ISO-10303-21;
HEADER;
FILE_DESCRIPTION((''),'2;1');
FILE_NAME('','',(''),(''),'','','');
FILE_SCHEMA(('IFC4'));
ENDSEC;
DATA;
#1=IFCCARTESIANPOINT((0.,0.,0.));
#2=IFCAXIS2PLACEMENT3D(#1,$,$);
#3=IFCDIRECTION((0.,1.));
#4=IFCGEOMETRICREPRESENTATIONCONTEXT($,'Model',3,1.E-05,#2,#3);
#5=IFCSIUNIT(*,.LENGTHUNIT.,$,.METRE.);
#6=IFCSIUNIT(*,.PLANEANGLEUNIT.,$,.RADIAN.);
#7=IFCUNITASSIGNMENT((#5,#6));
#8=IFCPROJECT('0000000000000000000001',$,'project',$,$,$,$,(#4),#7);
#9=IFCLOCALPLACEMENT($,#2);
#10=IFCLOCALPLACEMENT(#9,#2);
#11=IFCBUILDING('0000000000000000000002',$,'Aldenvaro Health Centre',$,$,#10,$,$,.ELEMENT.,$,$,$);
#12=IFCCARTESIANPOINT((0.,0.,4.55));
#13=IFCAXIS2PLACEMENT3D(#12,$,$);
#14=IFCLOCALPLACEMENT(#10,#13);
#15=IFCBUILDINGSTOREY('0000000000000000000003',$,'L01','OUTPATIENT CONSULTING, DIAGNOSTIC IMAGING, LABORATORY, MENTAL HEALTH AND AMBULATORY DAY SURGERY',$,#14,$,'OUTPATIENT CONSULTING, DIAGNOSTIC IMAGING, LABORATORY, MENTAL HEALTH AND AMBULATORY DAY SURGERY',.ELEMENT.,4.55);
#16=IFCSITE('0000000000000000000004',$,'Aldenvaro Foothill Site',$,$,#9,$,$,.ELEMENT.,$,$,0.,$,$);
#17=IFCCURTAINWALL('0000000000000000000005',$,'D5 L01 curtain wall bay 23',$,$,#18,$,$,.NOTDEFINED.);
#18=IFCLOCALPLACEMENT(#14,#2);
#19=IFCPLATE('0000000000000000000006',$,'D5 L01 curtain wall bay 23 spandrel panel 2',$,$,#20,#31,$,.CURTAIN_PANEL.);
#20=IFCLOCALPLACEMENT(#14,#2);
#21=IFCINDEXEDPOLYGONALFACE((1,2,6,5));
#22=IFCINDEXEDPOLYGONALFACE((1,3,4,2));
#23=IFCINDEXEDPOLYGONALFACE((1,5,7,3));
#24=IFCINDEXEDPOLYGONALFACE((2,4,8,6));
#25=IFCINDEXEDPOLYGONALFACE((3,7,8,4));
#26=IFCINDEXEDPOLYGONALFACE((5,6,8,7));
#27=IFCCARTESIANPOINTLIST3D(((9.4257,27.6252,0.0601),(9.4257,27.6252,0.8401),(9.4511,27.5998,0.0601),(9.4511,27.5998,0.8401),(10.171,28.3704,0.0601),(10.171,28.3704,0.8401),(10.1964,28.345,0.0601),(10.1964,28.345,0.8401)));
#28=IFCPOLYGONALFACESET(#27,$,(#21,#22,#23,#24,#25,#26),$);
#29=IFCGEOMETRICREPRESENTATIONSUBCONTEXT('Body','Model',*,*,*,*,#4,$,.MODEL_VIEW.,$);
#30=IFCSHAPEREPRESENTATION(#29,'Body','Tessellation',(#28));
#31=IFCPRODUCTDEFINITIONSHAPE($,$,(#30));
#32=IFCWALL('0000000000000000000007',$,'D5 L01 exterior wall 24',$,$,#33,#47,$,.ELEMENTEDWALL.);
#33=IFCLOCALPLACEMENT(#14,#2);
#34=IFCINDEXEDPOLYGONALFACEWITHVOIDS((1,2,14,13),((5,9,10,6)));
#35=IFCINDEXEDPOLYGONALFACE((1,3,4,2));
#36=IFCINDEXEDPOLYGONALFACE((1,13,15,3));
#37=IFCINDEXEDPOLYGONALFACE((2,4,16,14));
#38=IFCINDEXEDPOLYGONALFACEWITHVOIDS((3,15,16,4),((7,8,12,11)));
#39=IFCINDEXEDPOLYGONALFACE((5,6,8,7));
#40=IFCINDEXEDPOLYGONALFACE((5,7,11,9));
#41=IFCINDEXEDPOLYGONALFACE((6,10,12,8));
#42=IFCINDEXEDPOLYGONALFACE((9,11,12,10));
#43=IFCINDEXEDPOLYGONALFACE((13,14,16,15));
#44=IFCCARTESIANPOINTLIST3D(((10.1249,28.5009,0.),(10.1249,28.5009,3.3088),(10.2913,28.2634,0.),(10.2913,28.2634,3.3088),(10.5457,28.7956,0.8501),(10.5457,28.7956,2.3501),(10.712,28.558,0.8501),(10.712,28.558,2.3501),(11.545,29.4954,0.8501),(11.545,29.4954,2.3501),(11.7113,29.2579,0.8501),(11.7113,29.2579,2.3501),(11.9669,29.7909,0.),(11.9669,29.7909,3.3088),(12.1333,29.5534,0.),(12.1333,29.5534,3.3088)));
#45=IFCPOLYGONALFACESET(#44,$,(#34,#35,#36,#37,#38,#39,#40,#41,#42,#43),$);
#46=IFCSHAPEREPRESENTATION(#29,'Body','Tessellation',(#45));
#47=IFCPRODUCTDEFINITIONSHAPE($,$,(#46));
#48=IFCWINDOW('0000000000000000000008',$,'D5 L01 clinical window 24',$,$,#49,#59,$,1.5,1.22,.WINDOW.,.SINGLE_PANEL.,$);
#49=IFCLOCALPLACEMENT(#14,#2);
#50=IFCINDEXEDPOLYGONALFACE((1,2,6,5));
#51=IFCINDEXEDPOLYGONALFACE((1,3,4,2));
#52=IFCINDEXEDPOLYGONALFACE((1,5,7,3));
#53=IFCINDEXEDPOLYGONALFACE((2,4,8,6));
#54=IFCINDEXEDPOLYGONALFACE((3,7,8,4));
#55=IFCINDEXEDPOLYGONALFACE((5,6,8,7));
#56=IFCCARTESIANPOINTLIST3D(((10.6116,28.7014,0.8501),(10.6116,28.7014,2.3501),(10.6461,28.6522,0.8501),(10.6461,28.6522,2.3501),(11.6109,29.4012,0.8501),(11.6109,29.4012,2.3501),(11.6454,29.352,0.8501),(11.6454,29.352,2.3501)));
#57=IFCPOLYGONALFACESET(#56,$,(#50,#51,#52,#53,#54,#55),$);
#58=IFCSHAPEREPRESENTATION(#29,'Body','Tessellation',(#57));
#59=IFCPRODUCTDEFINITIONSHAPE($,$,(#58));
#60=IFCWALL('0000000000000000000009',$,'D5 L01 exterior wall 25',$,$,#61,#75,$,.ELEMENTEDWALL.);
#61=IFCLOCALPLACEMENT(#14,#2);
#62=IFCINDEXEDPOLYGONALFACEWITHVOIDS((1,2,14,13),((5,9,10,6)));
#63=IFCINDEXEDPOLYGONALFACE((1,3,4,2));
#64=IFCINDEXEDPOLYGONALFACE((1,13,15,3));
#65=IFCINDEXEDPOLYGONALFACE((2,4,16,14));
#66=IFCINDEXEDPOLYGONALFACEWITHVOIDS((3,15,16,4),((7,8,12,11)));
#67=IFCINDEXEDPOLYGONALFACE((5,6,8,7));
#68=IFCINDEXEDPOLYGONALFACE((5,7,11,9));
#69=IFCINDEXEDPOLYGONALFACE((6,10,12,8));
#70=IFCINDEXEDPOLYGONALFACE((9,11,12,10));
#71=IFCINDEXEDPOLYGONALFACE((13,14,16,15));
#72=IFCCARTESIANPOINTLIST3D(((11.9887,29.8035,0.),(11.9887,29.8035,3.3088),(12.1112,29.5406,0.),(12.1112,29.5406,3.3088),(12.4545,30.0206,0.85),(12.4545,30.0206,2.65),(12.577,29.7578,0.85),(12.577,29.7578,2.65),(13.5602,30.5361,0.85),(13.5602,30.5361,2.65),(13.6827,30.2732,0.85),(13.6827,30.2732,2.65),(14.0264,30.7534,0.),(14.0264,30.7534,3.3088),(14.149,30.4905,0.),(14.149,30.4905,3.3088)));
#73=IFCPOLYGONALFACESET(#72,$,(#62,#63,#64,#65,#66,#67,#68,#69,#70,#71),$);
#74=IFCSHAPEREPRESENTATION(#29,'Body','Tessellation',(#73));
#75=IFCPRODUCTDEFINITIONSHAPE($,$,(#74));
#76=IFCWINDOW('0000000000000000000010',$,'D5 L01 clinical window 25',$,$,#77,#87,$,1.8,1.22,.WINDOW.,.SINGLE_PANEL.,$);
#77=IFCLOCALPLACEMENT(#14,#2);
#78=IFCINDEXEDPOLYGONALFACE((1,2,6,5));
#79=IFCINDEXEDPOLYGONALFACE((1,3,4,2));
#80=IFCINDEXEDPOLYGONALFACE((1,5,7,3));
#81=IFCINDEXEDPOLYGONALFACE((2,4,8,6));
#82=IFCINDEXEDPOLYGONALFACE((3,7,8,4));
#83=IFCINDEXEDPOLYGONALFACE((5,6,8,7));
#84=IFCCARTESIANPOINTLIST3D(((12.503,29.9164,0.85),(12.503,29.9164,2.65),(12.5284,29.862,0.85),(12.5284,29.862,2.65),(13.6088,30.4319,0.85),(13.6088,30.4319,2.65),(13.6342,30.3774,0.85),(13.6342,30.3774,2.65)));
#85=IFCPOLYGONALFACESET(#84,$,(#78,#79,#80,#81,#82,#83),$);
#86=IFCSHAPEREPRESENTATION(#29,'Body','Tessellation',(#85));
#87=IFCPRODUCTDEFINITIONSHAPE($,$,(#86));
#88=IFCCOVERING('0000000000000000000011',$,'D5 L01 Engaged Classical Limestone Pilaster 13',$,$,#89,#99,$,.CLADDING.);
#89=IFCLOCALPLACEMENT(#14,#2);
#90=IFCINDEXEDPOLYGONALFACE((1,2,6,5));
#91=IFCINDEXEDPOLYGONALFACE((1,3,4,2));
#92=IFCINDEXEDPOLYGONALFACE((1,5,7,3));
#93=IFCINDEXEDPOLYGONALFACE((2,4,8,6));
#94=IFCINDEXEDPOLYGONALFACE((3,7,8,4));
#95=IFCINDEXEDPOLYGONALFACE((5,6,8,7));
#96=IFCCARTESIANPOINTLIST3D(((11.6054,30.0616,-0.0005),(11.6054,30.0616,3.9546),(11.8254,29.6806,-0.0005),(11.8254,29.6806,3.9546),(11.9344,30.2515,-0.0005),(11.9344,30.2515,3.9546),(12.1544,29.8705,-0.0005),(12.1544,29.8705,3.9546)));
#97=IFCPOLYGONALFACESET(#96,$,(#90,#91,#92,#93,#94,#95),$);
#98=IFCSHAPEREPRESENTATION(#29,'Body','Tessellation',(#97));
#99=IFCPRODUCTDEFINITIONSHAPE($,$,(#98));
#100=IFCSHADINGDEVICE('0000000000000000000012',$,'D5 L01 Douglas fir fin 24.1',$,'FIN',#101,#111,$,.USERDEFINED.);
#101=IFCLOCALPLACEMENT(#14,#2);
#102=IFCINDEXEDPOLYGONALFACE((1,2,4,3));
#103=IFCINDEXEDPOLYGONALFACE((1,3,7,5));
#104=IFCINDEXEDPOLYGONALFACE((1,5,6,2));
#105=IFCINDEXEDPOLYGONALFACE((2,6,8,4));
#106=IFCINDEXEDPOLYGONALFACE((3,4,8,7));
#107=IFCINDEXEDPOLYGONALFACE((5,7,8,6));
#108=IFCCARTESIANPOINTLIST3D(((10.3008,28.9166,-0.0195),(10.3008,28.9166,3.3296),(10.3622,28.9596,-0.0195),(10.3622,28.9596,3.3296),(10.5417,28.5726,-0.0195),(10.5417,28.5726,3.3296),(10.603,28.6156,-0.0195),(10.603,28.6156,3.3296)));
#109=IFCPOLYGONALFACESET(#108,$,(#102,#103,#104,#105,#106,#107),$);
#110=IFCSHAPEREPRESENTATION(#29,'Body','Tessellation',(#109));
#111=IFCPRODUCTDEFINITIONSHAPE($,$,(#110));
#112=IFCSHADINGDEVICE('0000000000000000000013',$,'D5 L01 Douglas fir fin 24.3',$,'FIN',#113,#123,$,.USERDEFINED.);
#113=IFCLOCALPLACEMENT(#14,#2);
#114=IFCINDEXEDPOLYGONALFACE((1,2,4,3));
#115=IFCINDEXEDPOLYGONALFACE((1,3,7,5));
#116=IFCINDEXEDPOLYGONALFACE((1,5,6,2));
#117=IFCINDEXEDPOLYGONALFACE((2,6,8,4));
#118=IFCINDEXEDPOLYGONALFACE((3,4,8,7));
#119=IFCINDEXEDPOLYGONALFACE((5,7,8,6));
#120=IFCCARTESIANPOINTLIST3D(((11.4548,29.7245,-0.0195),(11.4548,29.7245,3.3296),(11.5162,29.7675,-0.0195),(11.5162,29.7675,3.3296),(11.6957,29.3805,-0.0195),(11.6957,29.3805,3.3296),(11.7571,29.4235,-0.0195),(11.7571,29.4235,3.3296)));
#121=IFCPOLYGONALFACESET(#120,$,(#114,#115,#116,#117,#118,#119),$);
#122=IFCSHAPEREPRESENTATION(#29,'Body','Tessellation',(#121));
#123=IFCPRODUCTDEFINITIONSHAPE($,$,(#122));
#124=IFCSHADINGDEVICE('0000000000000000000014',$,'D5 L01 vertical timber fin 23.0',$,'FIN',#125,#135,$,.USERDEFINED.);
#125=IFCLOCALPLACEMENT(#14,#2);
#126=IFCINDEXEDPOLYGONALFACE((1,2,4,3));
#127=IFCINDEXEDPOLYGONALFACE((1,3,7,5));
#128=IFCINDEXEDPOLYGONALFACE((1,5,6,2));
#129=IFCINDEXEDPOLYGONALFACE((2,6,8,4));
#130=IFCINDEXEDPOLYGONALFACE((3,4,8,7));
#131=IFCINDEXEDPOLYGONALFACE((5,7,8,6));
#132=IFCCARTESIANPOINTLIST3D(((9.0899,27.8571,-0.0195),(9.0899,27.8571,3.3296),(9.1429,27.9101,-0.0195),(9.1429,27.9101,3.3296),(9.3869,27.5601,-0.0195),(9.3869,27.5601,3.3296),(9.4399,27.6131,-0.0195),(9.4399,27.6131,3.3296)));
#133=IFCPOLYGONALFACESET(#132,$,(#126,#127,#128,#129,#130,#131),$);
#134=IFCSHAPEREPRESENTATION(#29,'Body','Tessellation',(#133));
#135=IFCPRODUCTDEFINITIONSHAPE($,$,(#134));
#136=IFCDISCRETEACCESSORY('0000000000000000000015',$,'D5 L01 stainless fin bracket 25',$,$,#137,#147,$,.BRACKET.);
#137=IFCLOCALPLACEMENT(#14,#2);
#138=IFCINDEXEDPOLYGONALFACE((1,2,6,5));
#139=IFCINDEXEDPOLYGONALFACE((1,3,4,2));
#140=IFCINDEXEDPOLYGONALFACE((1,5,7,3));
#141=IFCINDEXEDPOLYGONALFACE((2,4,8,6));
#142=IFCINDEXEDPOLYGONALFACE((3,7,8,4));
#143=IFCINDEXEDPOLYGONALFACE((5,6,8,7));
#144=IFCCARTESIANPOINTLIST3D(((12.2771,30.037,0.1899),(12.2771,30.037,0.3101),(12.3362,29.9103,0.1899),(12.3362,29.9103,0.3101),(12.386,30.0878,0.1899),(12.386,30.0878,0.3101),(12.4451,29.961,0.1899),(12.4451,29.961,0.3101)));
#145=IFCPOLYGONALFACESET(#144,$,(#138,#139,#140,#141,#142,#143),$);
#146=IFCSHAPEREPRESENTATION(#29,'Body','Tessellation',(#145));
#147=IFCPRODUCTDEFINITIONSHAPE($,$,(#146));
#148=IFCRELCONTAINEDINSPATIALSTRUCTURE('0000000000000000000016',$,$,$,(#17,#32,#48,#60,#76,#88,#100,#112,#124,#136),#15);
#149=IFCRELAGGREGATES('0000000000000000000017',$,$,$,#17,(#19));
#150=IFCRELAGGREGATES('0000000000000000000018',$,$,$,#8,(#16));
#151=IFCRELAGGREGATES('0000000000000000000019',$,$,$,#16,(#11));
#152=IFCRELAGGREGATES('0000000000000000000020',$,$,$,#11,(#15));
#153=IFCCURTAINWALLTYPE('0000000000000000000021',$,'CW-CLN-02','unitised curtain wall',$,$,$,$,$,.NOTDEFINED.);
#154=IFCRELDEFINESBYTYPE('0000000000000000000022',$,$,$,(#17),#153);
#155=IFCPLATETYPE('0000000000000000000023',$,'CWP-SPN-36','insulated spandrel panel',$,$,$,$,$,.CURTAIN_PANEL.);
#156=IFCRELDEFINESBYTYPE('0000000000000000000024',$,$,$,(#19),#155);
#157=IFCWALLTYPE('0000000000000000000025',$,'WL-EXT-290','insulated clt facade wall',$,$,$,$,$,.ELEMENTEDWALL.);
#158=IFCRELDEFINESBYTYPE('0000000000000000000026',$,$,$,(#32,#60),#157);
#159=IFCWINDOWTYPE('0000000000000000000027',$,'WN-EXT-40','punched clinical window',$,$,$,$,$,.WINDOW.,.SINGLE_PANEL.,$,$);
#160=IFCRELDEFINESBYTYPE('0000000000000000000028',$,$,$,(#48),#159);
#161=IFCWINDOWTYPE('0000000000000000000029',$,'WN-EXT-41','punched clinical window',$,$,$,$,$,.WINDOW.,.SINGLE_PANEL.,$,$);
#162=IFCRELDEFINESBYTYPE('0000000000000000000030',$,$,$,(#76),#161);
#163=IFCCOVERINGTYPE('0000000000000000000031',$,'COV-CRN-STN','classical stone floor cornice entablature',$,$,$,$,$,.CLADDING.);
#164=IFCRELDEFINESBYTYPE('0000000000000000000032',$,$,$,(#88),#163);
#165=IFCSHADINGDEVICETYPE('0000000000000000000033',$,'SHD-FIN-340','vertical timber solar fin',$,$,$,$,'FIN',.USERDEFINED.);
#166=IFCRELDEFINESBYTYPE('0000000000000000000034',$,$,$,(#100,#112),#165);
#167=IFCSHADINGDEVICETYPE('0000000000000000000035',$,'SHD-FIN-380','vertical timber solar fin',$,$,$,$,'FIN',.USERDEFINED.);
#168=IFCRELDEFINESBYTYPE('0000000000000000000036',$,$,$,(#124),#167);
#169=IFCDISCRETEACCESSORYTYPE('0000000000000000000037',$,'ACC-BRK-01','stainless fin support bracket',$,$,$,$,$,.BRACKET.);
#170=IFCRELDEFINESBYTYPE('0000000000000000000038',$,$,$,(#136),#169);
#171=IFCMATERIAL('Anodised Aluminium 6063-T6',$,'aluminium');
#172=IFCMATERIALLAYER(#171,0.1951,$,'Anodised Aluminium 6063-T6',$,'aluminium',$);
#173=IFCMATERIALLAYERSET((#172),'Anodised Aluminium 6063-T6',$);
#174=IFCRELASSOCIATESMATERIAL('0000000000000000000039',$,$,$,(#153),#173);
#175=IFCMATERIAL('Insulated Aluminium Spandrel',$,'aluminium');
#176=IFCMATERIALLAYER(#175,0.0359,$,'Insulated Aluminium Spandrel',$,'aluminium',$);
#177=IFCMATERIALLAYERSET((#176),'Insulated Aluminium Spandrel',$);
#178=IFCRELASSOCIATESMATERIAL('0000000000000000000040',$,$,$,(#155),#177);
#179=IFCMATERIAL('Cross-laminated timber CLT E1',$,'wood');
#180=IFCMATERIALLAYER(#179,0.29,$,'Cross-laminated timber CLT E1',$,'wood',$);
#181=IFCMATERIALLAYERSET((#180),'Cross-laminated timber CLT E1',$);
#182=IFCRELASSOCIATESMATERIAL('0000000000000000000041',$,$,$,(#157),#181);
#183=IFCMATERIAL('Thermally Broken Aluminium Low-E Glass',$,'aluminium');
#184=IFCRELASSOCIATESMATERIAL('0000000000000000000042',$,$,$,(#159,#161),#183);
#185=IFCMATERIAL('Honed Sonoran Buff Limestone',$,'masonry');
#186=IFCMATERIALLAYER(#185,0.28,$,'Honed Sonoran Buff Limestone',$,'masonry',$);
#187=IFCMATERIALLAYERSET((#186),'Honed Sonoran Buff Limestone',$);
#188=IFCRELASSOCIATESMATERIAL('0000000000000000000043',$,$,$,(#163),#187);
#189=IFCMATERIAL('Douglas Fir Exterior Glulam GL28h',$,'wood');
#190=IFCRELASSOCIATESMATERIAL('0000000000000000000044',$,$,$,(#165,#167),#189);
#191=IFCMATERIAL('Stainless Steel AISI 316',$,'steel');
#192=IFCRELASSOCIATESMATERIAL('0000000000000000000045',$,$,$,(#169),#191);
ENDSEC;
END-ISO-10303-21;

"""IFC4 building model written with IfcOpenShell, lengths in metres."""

from ifc_helpers import new_model, si_unit, direction, frame, frame_2d, origin, origin_2d, place, context, subcontext, project, spatial, rectangle, extrude, material, layer, layer_set, type_object, element, fill, aggregate, save


model = new_model("IFC4")

# Units and contexts
model_context = context("Model", 3, precision=1e-05, world=origin(), true_north=direction((0.0, 1.0)))
body_context = subcontext(model_context, "Body", "Model", "MODEL_VIEW")
ifc_project = project(units=[si_unit("LENGTHUNIT", "METRE"), si_unit("PLANEANGLEUNIT", "RADIAN")], contexts=[model_context])

# Site, building, storey
site_placement = place(None, origin())
site = spatial("IfcSite", under=ifc_project, at=site_placement, Name="Aldenvaro Foothill Site", CompositionType="ELEMENT", RefElevation=0.0)
building_placement = place(site_placement, origin())
building = spatial("IfcBuilding", under=site, at=building_placement, Name="Aldenvaro Health Centre", CompositionType="ELEMENT")
storey_placement = place(building_placement, frame((0.0, 0.0, 4.55)))
storey = spatial("IfcBuildingStorey", under=building, at=storey_placement, Name="L01", Description="OUTPATIENT CONSULTING, DIAGNOSTIC IMAGING, LABORATORY, MENTAL HEALTH AND AMBULATORY DAY SURGERY", LongName="OUTPATIENT CONSULTING, DIAGNOSTIC IMAGING, LABORATORY, MENTAL HEALTH AND AMBULATORY DAY SURGERY", CompositionType="ELEMENT", Elevation=4.55)

# Curtain wall, plate
ifc_material_1 = material(Name="Anodised Aluminium 6063-T6", Category="aluminium")
ifc_layer_1 = layer(ifc_material_1, 0.1951, Name="Anodised Aluminium 6063-T6", Category="aluminium")
ifc_layer_set_1 = layer_set([ifc_layer_1], Name="Anodised Aluminium 6063-T6")
curtain_wall_type = type_object("IfcCurtainWallType", Name="CW-CLN-02", Description="unitised curtain wall", PredefinedType="NOTDEFINED", material=ifc_layer_set_1)
curtain_wall_placement = place(storey_placement, origin())
curtain_wall = element("IfcCurtainWall", 1, at=curtain_wall_placement, inside=storey, type_object=curtain_wall_type, Name="D5 L01 curtain wall bay 23", PredefinedType="NOTDEFINED")
ifc_material_2 = material(Name="Insulated Aluminium Spandrel", Category="aluminium")
ifc_layer_2 = layer(ifc_material_2, 0.0359, Name="Insulated Aluminium Spandrel", Category="aluminium")
ifc_layer_set_2 = layer_set([ifc_layer_2], Name="Insulated Aluminium Spandrel")
plate_type_1 = type_object("IfcPlateType", Name="CWP-SPN-36", Description="insulated spandrel panel", PredefinedType="CURTAIN_PANEL", material=ifc_layer_set_2)
plate_1_placement = place(storey_placement, frame((9.811, 27.9851, 0.0601), z_axis=(0.0, 0.0, 1.0), x_axis=(0.707107, 0.707107, 0.0)))
plate_1 = element("IfcPlate", 2, at=plate_1_placement, type_object=plate_type_1, Name="D5 L01 curtain wall bay 23 spandrel panel 2", PredefinedType="CURTAIN_PANEL", context=body_context, shape_type="SweptSolid", body=[
    extrude(rectangle(XDim=1.054, YDim=0.0359, at=origin_2d()), origin(), (0.0, 0.0, 1.0), 0.78),
])
aggregate(curtain_wall, [plate_1])

# Walls, openings, windows
ifc_material_3 = material(Name="Cross-laminated timber CLT E1", Category="wood")
ifc_layer_3 = layer(ifc_material_3, 0.29, Name="Cross-laminated timber CLT E1", Category="wood")
ifc_layer_set_3 = layer_set([ifc_layer_3], Name="Cross-laminated timber CLT E1")
wall_type = type_object("IfcWallType", Name="WL-EXT-290", Description="insulated clt facade wall", PredefinedType="ELEMENTEDWALL", material=ifc_layer_set_3)
wall_1_placement = place(storey_placement, frame((10.208, 28.3821, 0.0), z_axis=(0.0, 0.0, 1.0), x_axis=(0.819104, 0.573644, 0.0)))
wall_1 = element("IfcWall", 3, at=wall_1_placement, inside=storey, type_object=wall_type, Name="D5 L01 exterior wall 24", PredefinedType="ELEMENTEDWALL", context=body_context, shape_type="SweptSolid", body=[
    extrude(rectangle(XDim=2.2488, YDim=0.29, at=frame_2d((1.1245, 0.0))), origin(), (0.0, 0.0, 1.0), 3.3088),
])
opening_1_placement = place(wall_1_placement, frame((0.5139, 0.0, 0.8501)))
opening_1 = element("IfcOpeningElement", 4, at=opening_1_placement, cuts=wall_1, PredefinedType="OPENING", context=body_context, shape_type="SweptSolid", body=[
    extrude(rectangle(XDim=1.22, YDim=1.5, at=frame_2d((0.6099, 0.75))), frame((0.0, 0.155, 0.0), z_axis=(0.0, -1.0, 0.0), x_axis=(1.0, 0.0, 0.0)), (0.0, 0.0, 1.0), 0.3101),
])
ifc_material_4 = material(Name="Thermally Broken Aluminium Low-E Glass", Category="aluminium")
window_type_1 = type_object("IfcWindowType", Name="WN-EXT-40", Description="punched clinical window", PartitioningType="SINGLE_PANEL", PredefinedType="WINDOW", material=ifc_material_4)
window_1_placement = place(opening_1_placement, origin())
window_1 = element("IfcWindow", 5, at=window_1_placement, inside=storey, type_object=window_type_1, Name="D5 L01 clinical window 24", OverallHeight=1.5, OverallWidth=1.22, PartitioningType="SINGLE_PANEL", PredefinedType="WINDOW", context=body_context, shape_type="SweptSolid", body=[
    extrude(rectangle(XDim=1.22, YDim=1.5, at=frame_2d((0.6099, 0.75))), frame((0.0, 0.03, 0.0), z_axis=(0.0, -1.0, 0.0), x_axis=(1.0, 0.0, 0.0)), (0.0, 0.0, 1.0), 0.0601),
])
fill(opening_1, window_1)
wall_2_placement = place(storey_placement, frame((12.05, 29.6721, 0.0), z_axis=(0.0, 0.0, 1.0), x_axis=(0.906361, 0.422505, 0.0)))
wall_2 = element("IfcWall", 6, at=wall_2_placement, inside=storey, type_object=wall_type, Name="D5 L01 exterior wall 25", PredefinedType="ELEMENTEDWALL", context=body_context, shape_type="SweptSolid", body=[
    extrude(rectangle(XDim=2.2483, YDim=0.29, at=frame_2d((1.124, 0.0))), origin(), (0.0, 0.0, 1.0), 3.3088),
])
opening_2_placement = place(wall_2_placement, frame((0.5139, 0.0, 0.8501)))
opening_2 = element("IfcOpeningElement", 7, at=opening_2_placement, cuts=wall_2, PredefinedType="OPENING", context=body_context, shape_type="SweptSolid", body=[
    extrude(rectangle(XDim=1.22, YDim=1.8, at=frame_2d((0.6099, 0.8999))), frame((0.0, 0.155, 0.0), z_axis=(0.0, -1.0, 0.0), x_axis=(1.0, 0.0, 0.0)), (0.0, 0.0, 1.0), 0.3101),
])
window_type_2 = type_object("IfcWindowType", Name="WN-EXT-41", Description="punched clinical window", PartitioningType="SINGLE_PANEL", PredefinedType="WINDOW", material=ifc_material_4)
window_2_placement = place(opening_2_placement, origin())
window_2 = element("IfcWindow", 8, at=window_2_placement, inside=storey, type_object=window_type_2, Name="D5 L01 clinical window 25", OverallHeight=1.8, OverallWidth=1.22, PartitioningType="SINGLE_PANEL", PredefinedType="WINDOW", context=body_context, shape_type="SweptSolid", body=[
    extrude(rectangle(XDim=1.22, YDim=1.8, at=frame_2d((0.6099, 0.8999))), frame((0.0, 0.03, 0.0), z_axis=(0.0, -1.0, 0.0), x_axis=(1.0, 0.0, 0.0)), (0.0, 0.0, 1.0), 0.0601),
])
fill(opening_2, window_2)

# Covering
ifc_material_5 = material(Name="Honed Sonoran Buff Limestone", Category="masonry")
ifc_layer_4 = layer(ifc_material_5, 0.28, Name="Honed Sonoran Buff Limestone", Category="masonry")
ifc_layer_set_4 = layer_set([ifc_layer_4], Name="Honed Sonoran Buff Limestone")
covering_type = type_object("IfcCoveringType", Name="COV-CRN-STN", Description="classical stone floor cornice entablature", PredefinedType="CLADDING", material=ifc_layer_set_4)
covering_placement = place(storey_placement, frame((11.8799, 29.9661, -0.0005), z_axis=(0.0, 0.0, 1.0), x_axis=(-0.499991, 0.866031, 0.0)))
element("IfcCovering", 9, at=covering_placement, inside=storey, type_object=covering_type, Name="D5 L01 Engaged Classical Limestone Pilaster 13", PredefinedType="CLADDING", context=body_context, shape_type="SweptSolid", body=[
    extrude(rectangle(XDim=0.4399, YDim=0.3799, at=origin_2d()), origin(), (0.0, 0.0, 1.0), 3.9551),
])

# Shading devices
ifc_material_6 = material(Name="Douglas Fir Exterior Glulam GL28h", Category="wood")
shading_device_type_1 = type_object("IfcShadingDeviceType", Name="SHD-FIN-340", Description="vertical timber solar fin", ElementType="FIN", PredefinedType="USERDEFINED", material=ifc_material_6)
for number, where, z_axis, x_axis, name in (
    (10, (10.4519, 28.7661, -0.0195), (0.0, 0.0, 1.0), (0.819107, 0.573641, 0.0), "D5 L01 Douglas fir fin 24.1"),
    (11, (11.606, 29.574, -0.0195), (0.0, 0.0, 1.0), (0.819107, 0.573641, 0.0), "D5 L01 Douglas fir fin 24.3"),
):
    element("IfcShadingDevice", number, at=place(storey_placement, frame(where, z_axis=z_axis, x_axis=x_axis)), inside=storey, type_object=shading_device_type_1, Name=name, ObjectType="FIN", PredefinedType="USERDEFINED", context=body_context, shape_type="SweptSolid", body=[
        extrude(rectangle(XDim=0.075, YDim=0.4199, at=origin_2d()), origin(), (0.0, 0.0, 1.0), 3.3491),
    ])
shading_device_type_2 = type_object("IfcShadingDeviceType", Name="SHD-FIN-380", Description="vertical timber solar fin", ElementType="FIN", PredefinedType="USERDEFINED", material=ifc_material_6)
shading_device_placement = place(storey_placement, frame((9.2649, 27.7351, -0.0195), z_axis=(0.0, 0.0, 1.0), x_axis=(0.707107, 0.707107, 0.0)))
element("IfcShadingDevice", 12, at=shading_device_placement, inside=storey, type_object=shading_device_type_2, Name="D5 L01 vertical timber fin 23.0", ObjectType="FIN", PredefinedType="USERDEFINED", context=body_context, shape_type="SweptSolid", body=[
    extrude(rectangle(XDim=0.075, YDim=0.4199, at=origin_2d()), origin(), (0.0, 0.0, 1.0), 3.3491),
])

# Discrete accessory
ifc_material_7 = material(Name="Stainless Steel AISI 316", Category="steel")
discrete_accessory_type = type_object("IfcDiscreteAccessoryType", Name="ACC-BRK-01", Description="stainless fin support bracket", PredefinedType="BRACKET", material=ifc_material_7)
discrete_accessory_placement = place(storey_placement, frame((12.3611, 29.999, 0.1899), z_axis=(0.0, 0.0, 1.0), x_axis=(0.906365, 0.422496, 0.0)))
element("IfcDiscreteAccessory", 13, at=discrete_accessory_placement, inside=storey, type_object=discrete_accessory_type, Name="D5 L01 stainless fin bracket 25", PredefinedType="BRACKET", context=body_context, shape_type="SweptSolid", body=[
    extrude(rectangle(XDim=0.1201, YDim=0.1399, at=origin_2d()), origin(), (0.0, 0.0, 1.0), 0.1201),
])

save(model, "model.ifc")
